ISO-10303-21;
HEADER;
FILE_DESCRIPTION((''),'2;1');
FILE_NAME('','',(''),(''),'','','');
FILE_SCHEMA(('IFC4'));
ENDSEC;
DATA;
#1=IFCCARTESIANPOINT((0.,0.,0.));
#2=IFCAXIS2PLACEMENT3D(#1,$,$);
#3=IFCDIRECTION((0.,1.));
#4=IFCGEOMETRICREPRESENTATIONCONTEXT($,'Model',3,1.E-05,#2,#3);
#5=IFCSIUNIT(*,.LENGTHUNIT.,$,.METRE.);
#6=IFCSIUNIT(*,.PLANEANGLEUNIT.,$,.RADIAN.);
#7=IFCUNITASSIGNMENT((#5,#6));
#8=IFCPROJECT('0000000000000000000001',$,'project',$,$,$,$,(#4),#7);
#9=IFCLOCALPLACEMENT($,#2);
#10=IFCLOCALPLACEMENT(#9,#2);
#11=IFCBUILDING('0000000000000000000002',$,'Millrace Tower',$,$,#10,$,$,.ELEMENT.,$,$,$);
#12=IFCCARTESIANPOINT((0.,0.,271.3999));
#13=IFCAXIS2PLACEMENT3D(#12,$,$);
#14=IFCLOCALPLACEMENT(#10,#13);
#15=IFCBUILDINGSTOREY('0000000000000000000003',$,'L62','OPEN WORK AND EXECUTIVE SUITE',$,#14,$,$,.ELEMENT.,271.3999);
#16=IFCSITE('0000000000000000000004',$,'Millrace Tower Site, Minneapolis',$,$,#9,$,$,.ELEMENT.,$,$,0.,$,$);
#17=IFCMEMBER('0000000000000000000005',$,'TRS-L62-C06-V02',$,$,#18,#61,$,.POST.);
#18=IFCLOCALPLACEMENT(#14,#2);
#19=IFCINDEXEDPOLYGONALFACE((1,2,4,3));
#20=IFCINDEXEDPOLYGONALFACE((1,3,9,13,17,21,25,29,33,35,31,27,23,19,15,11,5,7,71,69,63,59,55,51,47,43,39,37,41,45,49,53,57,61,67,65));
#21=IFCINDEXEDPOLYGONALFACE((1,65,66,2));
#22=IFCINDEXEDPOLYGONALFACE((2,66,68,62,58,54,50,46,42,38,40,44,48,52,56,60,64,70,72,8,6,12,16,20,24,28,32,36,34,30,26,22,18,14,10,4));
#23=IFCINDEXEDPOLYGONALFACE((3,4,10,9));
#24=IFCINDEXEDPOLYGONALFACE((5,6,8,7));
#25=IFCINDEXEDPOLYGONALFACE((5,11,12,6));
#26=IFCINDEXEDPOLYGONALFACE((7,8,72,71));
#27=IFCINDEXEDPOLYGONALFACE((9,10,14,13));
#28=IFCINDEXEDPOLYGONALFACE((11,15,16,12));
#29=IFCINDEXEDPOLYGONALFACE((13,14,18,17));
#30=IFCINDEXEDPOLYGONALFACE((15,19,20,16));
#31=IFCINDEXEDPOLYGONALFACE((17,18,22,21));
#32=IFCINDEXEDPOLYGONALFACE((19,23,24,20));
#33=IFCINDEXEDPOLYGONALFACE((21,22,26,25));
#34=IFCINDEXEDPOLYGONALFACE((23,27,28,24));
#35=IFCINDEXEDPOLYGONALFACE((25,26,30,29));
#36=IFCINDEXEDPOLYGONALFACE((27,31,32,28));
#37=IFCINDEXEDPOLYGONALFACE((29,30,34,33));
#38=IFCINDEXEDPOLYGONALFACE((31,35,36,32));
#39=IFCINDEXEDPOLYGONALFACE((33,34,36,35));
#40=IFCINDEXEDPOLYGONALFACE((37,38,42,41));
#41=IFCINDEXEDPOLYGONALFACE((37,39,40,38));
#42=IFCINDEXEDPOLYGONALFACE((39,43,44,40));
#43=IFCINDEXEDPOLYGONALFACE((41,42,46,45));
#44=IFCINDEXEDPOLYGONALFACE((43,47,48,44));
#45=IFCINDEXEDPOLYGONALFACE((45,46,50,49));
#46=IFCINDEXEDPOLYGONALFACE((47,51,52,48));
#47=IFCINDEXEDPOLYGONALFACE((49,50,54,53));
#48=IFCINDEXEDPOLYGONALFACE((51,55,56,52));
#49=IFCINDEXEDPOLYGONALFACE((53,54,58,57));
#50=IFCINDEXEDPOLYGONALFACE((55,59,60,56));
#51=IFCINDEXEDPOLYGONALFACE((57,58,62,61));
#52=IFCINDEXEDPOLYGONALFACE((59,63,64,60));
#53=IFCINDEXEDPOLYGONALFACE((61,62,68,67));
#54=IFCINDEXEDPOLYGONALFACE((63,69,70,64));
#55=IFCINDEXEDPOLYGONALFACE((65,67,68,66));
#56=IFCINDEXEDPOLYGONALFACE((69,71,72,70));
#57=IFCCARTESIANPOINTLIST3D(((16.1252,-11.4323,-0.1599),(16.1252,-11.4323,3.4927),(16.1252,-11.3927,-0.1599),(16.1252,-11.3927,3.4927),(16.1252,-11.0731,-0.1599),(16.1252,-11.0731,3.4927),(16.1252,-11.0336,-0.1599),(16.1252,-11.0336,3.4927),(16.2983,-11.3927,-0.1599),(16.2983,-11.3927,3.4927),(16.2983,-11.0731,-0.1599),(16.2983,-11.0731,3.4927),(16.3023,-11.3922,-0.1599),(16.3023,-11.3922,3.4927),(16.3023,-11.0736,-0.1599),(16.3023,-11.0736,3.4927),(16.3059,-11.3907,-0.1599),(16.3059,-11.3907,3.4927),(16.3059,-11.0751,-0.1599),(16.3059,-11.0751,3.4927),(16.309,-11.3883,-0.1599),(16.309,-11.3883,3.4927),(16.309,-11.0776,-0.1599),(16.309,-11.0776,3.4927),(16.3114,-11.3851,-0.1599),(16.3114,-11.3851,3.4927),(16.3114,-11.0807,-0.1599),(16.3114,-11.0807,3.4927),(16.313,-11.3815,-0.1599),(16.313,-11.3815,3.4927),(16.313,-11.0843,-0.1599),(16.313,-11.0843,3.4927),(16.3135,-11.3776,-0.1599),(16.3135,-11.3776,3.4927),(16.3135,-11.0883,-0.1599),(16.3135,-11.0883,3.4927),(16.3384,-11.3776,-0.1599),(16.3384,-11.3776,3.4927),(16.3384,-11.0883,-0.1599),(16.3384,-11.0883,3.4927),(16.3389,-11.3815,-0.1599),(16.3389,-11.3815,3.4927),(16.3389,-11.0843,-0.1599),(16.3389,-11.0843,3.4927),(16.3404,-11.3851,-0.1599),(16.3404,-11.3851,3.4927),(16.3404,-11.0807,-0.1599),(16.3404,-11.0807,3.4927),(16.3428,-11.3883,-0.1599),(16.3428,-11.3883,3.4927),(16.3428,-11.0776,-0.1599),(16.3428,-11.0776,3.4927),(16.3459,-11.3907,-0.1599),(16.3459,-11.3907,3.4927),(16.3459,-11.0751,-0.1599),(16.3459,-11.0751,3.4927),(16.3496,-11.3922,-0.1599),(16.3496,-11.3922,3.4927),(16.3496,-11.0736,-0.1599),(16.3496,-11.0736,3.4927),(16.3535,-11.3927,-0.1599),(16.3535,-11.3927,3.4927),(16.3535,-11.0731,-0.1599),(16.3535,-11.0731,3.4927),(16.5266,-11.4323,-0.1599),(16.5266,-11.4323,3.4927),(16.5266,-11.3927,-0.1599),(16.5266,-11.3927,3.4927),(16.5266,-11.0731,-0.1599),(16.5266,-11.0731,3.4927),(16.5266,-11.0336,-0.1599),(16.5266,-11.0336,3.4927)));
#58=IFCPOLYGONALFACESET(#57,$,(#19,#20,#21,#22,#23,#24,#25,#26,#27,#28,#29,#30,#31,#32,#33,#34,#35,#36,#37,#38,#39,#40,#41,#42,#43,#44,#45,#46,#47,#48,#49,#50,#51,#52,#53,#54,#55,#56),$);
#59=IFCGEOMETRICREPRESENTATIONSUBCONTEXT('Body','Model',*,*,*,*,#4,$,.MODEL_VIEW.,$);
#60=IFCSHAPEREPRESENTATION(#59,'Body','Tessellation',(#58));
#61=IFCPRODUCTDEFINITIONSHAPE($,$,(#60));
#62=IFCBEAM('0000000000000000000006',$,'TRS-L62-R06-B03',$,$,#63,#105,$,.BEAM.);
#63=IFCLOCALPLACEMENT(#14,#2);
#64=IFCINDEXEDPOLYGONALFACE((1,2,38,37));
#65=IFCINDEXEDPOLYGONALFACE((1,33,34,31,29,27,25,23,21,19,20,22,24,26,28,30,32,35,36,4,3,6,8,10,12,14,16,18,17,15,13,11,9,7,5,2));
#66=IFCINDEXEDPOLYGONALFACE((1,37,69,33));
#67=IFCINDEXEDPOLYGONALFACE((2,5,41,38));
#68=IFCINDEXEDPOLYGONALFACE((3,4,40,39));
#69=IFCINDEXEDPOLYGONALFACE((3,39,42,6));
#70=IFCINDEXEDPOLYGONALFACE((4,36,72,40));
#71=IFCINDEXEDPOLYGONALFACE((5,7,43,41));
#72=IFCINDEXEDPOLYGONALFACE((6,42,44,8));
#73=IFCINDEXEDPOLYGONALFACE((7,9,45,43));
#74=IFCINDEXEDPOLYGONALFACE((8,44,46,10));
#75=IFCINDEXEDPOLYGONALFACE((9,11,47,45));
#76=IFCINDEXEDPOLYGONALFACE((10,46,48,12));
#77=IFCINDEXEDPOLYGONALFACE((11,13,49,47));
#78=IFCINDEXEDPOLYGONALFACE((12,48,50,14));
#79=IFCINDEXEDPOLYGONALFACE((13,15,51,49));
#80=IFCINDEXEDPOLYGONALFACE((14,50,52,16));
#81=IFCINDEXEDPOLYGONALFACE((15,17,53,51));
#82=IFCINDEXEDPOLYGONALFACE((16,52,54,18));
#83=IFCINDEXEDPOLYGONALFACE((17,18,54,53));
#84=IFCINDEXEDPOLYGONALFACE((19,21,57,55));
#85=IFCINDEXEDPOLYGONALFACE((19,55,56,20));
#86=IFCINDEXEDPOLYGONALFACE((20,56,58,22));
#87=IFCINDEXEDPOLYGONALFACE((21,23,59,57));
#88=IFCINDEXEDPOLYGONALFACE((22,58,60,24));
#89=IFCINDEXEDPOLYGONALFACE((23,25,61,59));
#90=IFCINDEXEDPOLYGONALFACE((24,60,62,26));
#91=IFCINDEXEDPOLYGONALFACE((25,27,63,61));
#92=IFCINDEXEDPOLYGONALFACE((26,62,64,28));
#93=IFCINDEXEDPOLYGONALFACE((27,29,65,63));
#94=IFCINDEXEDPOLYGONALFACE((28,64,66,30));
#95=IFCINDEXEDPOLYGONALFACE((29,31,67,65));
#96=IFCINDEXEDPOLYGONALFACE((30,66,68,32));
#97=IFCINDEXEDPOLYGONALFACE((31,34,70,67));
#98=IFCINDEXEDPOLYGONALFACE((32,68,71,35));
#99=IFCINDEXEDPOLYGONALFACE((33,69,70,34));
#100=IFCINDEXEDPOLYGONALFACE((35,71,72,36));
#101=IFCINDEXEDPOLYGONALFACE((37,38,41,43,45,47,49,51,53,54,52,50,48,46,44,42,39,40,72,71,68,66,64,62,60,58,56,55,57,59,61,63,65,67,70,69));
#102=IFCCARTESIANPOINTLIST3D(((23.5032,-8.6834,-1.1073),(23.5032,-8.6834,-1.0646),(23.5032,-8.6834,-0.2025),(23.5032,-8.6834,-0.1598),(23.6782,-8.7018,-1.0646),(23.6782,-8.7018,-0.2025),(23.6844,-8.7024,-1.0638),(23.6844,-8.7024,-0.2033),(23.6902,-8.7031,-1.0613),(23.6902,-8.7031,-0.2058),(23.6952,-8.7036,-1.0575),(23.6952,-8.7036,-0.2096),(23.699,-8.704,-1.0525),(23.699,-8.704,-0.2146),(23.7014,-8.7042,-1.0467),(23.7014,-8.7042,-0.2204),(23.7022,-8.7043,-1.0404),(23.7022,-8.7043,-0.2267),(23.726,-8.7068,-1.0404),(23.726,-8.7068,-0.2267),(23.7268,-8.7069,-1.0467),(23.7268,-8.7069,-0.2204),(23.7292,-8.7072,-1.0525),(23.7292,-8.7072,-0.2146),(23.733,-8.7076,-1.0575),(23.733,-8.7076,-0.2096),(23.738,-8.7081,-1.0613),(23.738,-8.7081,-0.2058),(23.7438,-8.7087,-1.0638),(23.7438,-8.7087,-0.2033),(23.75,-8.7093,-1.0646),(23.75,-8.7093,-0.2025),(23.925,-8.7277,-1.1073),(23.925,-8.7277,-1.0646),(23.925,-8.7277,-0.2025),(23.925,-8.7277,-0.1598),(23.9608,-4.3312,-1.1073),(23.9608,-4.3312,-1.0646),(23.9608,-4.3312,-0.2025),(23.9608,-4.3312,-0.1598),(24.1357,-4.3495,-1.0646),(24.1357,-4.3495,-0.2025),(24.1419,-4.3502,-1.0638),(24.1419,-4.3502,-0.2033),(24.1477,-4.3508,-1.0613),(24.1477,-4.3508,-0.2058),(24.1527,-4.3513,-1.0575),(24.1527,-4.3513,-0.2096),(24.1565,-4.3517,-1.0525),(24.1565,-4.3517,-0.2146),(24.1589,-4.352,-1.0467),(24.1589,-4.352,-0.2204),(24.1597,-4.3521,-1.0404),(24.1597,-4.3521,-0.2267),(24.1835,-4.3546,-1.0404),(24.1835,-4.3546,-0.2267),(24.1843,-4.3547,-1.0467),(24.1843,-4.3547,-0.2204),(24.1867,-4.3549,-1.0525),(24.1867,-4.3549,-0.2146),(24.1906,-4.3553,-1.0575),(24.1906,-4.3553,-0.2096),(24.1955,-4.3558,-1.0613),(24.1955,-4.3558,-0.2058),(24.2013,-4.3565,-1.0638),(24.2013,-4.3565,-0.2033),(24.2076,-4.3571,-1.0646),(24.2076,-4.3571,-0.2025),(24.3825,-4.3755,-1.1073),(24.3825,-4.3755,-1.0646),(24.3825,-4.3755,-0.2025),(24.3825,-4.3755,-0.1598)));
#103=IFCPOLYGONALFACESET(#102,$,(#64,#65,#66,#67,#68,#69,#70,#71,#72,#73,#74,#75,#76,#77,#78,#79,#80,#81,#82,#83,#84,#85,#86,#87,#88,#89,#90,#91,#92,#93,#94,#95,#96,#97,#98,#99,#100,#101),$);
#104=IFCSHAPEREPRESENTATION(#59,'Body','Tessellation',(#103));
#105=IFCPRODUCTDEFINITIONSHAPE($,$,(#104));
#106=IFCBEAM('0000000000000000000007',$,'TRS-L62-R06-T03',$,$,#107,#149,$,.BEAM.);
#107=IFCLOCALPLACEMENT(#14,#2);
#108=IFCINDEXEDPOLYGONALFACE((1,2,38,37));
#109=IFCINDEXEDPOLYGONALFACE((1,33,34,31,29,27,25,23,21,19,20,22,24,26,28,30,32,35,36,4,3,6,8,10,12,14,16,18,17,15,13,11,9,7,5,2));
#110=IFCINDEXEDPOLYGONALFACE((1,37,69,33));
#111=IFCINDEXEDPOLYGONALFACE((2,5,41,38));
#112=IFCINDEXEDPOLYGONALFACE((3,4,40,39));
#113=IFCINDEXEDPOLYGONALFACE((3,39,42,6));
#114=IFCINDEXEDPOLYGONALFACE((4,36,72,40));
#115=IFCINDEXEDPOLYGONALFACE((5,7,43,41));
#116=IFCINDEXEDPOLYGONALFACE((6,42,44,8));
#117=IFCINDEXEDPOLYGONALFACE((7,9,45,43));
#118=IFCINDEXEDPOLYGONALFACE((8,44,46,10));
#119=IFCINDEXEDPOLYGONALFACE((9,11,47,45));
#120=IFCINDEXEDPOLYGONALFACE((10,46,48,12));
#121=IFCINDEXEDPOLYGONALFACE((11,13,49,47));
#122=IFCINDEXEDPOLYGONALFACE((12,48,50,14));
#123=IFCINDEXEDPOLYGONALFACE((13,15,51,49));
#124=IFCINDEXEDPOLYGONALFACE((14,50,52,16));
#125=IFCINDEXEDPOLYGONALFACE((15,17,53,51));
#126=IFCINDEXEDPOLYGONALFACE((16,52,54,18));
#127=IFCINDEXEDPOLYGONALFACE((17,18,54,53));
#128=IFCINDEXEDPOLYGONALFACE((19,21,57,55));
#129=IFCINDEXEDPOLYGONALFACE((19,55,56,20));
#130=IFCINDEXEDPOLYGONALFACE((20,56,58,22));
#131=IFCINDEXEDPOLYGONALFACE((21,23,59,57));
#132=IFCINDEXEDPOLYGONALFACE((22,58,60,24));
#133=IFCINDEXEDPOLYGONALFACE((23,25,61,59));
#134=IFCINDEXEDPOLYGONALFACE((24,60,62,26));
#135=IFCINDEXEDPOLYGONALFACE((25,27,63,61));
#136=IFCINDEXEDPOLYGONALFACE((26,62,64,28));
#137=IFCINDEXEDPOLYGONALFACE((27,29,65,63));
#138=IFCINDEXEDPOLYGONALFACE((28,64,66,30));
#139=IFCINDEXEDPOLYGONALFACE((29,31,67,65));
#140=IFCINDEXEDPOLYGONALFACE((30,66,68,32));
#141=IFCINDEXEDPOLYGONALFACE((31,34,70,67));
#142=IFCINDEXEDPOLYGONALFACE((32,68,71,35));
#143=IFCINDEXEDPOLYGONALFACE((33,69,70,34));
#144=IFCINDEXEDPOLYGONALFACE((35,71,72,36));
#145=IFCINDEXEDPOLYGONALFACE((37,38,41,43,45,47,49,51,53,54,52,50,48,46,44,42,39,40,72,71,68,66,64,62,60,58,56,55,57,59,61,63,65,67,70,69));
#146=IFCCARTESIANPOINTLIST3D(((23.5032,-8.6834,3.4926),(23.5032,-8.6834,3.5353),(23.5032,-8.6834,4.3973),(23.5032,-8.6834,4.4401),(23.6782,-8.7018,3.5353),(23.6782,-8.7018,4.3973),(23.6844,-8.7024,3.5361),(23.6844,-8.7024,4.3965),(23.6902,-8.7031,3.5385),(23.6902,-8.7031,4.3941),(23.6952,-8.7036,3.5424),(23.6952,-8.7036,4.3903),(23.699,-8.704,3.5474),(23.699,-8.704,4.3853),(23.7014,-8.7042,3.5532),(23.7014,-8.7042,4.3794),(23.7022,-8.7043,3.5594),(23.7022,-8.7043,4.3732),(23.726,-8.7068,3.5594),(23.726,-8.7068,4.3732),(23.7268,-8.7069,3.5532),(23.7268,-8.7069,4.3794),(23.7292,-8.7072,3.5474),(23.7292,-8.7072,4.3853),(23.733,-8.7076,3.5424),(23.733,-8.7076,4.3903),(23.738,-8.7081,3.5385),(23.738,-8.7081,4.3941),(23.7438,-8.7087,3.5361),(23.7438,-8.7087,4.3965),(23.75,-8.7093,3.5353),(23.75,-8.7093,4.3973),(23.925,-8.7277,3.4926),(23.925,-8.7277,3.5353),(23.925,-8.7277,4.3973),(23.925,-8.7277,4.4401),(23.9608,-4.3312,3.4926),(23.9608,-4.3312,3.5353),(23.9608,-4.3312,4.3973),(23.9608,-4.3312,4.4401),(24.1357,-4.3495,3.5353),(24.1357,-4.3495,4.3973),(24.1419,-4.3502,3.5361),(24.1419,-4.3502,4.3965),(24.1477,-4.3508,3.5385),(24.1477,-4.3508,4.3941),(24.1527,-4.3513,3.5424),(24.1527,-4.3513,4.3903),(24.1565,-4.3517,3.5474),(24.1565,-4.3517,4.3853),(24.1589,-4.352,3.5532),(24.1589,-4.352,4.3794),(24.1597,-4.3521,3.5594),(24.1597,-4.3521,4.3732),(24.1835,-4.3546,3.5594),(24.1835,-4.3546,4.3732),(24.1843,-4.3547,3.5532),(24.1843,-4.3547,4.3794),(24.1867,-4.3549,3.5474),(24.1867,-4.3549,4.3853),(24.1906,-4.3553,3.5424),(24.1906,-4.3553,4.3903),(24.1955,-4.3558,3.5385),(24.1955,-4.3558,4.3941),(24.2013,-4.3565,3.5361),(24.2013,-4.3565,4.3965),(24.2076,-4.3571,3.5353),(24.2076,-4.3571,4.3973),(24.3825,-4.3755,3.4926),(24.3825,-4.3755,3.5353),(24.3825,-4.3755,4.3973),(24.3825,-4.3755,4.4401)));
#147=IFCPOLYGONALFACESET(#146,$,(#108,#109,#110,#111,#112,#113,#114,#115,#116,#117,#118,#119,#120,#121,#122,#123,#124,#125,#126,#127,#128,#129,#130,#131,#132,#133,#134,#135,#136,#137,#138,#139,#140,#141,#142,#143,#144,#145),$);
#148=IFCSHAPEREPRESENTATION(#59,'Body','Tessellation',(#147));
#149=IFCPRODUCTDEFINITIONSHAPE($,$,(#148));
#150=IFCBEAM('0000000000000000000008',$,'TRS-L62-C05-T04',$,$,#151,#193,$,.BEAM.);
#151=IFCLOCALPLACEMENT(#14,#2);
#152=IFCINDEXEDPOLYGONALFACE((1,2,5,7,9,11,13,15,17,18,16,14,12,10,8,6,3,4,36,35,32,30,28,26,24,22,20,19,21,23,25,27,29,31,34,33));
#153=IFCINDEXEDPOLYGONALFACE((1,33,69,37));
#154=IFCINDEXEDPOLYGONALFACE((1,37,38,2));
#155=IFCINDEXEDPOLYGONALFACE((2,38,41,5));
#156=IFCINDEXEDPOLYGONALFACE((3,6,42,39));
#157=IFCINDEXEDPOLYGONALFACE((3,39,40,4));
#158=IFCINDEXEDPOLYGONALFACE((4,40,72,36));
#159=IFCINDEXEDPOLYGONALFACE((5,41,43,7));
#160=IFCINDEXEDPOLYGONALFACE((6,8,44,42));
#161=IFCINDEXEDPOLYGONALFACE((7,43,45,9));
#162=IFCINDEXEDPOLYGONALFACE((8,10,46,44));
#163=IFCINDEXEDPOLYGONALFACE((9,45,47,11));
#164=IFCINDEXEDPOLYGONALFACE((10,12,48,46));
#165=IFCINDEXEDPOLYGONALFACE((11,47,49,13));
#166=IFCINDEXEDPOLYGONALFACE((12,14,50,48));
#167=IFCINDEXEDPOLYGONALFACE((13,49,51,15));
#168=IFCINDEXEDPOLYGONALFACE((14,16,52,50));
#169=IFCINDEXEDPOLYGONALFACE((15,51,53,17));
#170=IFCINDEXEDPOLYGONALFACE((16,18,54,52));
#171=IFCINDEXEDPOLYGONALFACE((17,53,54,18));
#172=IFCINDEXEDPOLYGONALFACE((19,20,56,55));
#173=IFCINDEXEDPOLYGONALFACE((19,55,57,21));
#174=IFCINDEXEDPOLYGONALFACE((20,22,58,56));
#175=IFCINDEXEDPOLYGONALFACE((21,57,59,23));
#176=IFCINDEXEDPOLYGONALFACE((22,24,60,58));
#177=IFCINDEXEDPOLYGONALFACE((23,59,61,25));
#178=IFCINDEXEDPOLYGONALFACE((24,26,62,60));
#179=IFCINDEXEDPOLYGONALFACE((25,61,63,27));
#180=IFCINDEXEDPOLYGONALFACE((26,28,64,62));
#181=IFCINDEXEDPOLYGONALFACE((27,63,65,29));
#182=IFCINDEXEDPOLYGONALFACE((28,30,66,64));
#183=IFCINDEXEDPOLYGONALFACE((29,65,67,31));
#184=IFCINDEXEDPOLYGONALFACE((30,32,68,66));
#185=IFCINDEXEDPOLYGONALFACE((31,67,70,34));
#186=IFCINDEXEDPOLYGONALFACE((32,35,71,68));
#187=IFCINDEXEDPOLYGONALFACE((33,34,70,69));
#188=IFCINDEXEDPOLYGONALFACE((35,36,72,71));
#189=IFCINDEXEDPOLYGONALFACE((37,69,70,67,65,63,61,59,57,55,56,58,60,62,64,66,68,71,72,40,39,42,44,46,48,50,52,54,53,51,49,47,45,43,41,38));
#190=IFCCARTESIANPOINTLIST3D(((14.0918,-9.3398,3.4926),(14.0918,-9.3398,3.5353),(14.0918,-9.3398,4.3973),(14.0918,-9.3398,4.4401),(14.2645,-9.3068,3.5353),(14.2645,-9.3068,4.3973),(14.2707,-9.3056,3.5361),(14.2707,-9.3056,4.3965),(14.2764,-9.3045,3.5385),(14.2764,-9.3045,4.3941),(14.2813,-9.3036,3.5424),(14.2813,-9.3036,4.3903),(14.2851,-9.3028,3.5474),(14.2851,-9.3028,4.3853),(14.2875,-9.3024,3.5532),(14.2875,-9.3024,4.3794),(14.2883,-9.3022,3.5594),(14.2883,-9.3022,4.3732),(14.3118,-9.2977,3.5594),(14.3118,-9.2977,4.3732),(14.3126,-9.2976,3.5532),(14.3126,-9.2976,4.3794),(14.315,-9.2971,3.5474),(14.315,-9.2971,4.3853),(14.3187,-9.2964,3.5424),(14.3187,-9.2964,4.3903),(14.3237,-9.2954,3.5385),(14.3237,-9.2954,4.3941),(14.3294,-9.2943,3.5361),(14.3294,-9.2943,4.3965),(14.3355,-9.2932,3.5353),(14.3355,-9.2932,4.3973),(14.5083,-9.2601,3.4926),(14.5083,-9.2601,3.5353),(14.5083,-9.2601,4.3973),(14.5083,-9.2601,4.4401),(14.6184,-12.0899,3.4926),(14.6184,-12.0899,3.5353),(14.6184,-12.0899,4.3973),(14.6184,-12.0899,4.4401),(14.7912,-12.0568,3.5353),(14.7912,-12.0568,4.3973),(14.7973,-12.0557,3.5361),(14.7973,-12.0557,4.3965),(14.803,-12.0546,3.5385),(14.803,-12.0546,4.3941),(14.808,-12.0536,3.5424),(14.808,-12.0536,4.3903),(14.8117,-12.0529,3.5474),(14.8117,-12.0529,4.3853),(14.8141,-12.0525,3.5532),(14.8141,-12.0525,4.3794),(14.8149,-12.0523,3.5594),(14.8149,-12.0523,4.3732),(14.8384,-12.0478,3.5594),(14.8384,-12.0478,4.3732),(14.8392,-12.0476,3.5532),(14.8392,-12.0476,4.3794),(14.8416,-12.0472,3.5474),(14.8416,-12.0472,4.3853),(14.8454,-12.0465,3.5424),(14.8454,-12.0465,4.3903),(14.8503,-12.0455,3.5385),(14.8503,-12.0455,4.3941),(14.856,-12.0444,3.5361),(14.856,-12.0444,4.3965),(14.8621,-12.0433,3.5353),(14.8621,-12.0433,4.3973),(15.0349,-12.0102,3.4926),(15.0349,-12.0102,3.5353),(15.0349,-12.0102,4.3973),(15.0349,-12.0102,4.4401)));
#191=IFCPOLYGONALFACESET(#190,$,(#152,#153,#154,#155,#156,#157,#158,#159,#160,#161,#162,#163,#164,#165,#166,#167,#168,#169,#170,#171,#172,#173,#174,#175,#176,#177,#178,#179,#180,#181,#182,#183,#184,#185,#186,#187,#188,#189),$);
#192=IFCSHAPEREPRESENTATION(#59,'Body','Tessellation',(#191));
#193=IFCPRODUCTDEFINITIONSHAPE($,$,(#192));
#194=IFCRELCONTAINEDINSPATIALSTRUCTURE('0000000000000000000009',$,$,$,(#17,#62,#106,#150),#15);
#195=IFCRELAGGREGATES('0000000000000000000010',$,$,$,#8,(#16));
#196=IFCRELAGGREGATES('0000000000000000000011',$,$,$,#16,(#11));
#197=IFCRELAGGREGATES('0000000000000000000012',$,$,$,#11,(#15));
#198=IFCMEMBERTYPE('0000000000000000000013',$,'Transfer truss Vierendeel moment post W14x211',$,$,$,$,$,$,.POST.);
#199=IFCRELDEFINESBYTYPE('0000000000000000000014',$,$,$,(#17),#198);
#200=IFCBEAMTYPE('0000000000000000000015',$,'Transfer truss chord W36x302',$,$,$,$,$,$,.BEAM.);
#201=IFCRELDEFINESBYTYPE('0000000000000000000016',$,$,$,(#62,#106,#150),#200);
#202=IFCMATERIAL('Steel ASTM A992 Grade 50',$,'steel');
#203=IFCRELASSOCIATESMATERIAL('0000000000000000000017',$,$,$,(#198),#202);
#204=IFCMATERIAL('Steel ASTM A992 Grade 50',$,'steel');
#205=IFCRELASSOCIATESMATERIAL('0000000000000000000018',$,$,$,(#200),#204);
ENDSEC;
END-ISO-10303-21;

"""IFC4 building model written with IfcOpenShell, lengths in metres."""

from ifc_helpers import new_model, si_unit, direction, frame, origin, origin_2d, place, context, subcontext, project, spatial, i_section, extrude, material, material_profile, profile_set, type_object, element, save


model = new_model("IFC4")

# Units and contexts
model_context = context("Model", 3, precision=1e-05, world=origin(), true_north=direction((0.0, 1.0)))
body_context = subcontext(model_context, "Body", "Model", "MODEL_VIEW")
ifc_project = project(units=[si_unit("LENGTHUNIT", "METRE"), si_unit("PLANEANGLEUNIT", "RADIAN")], contexts=[model_context])

# Site, building, storey
site_placement = place(None, origin())
site = spatial("IfcSite", under=ifc_project, at=site_placement, Name="Millrace Tower Site, Minneapolis", CompositionType="ELEMENT", RefElevation=0.0)
building_placement = place(site_placement, origin())
building = spatial("IfcBuilding", under=site, at=building_placement, Name="Millrace Tower", CompositionType="ELEMENT")
storey_placement = place(building_placement, frame((0.0, 0.0, 271.3999)))
storey = spatial("IfcBuildingStorey", under=building, at=storey_placement, Name="L62", Description="OPEN WORK AND EXECUTIVE SUITE", CompositionType="ELEMENT", Elevation=271.3999)

# Member
ifc_material_1 = material(Name="Steel ASTM A992 Grade 50", Category="steel")
ifc_material_profile_1 = material_profile(ifc_material_1, i_section(OverallWidth=0.4014, OverallDepth=0.3987, WebThickness=0.0249, FlangeThickness=0.0396, FilletRadius=0.0151, at=origin_2d()))
ifc_profile_set_1 = profile_set([ifc_material_profile_1], Name="Steel ASTM A992 Grade 50")
member_type_1 = type_object("IfcMemberType", Name="Transfer truss Vierendeel moment post W14x211", PredefinedType="POST", material=ifc_profile_set_1)
for number, where, z_axis, x_axis, name in (
    (1, (16.3259, -11.2329, -0.1599), (0.0, 0.0, 1.0), (1.0, 0.0, 0.0), "TRS-L62-C06-V02"),
):
    element("IfcMember", number, at=place(storey_placement, frame(where, z_axis=z_axis, x_axis=x_axis)), inside=storey, type_object=member_type_1, Name=name, PredefinedType="POST", context=body_context, shape_type="SweptSolid", body=[
        extrude(i_section(OverallWidth=0.4014, OverallDepth=0.3987, WebThickness=0.0249, FlangeThickness=0.0396, FilletRadius=0.0151, at=origin_2d()), origin(), (0.0, 0.0, 1.0), 3.6526),
    ])

# Beams
ifc_material_2 = material(Name="Steel ASTM A992 Grade 50", Category="steel")
ifc_material_profile_2 = material_profile(ifc_material_2, i_section(OverallWidth=0.4241, OverallDepth=0.9475, WebThickness=0.0239, FlangeThickness=0.0427, FilletRadius=0.0242, at=origin_2d()))
ifc_profile_set_2 = profile_set([ifc_material_profile_2], Name="Steel ASTM A992 Grade 50")
beam_type_1 = type_object("IfcBeamType", Name="Transfer truss chord W36x302", PredefinedType="BEAM", material=ifc_profile_set_2)
for number, where, z_axis, x_axis, name in (
    (2, (23.7141, -8.7056, -0.6335), (0.104545, 0.99452, 0.0), (-0.99452, 0.104545, 0.0), "TRS-L62-R06-B03"),
    (3, (23.7141, -8.7056, 3.9663), (0.104545, 0.99452, 0.0), (-0.99452, 0.104545, 0.0), "TRS-L62-R06-T03"),
):
    element("IfcBeam", number, at=place(storey_placement, frame(where, z_axis=z_axis, x_axis=x_axis)), inside=storey, type_object=beam_type_1, Name=name, PredefinedType="BEAM", context=body_context, shape_type="SweptSolid", body=[
        extrude(i_section(OverallWidth=0.4241, OverallDepth=0.9475, WebThickness=0.0239, FlangeThickness=0.0427, FilletRadius=0.0242, at=origin_2d()), origin(), (0.0, 0.0, 1.0), 4.3762),
    ])
for number, where, z_axis, x_axis, name in (
    (4, (14.8267, -12.05, 3.9663), (-0.188078, 0.982154, 0.0), (-0.982154, -0.188078, 0.0), "TRS-L62-C05-T04"),
):
    element("IfcBeam", number, at=place(storey_placement, frame(where, z_axis=z_axis, x_axis=x_axis)), inside=storey, type_object=beam_type_1, Name=name, PredefinedType="BEAM", context=body_context, shape_type="SweptSolid", body=[
        extrude(i_section(OverallWidth=0.4241, OverallDepth=0.9475, WebThickness=0.0239, FlangeThickness=0.0427, FilletRadius=0.0242, at=origin_2d()), origin(), (0.0, 0.0, 1.0), 2.8),
    ])

save(model, "model.ifc")
